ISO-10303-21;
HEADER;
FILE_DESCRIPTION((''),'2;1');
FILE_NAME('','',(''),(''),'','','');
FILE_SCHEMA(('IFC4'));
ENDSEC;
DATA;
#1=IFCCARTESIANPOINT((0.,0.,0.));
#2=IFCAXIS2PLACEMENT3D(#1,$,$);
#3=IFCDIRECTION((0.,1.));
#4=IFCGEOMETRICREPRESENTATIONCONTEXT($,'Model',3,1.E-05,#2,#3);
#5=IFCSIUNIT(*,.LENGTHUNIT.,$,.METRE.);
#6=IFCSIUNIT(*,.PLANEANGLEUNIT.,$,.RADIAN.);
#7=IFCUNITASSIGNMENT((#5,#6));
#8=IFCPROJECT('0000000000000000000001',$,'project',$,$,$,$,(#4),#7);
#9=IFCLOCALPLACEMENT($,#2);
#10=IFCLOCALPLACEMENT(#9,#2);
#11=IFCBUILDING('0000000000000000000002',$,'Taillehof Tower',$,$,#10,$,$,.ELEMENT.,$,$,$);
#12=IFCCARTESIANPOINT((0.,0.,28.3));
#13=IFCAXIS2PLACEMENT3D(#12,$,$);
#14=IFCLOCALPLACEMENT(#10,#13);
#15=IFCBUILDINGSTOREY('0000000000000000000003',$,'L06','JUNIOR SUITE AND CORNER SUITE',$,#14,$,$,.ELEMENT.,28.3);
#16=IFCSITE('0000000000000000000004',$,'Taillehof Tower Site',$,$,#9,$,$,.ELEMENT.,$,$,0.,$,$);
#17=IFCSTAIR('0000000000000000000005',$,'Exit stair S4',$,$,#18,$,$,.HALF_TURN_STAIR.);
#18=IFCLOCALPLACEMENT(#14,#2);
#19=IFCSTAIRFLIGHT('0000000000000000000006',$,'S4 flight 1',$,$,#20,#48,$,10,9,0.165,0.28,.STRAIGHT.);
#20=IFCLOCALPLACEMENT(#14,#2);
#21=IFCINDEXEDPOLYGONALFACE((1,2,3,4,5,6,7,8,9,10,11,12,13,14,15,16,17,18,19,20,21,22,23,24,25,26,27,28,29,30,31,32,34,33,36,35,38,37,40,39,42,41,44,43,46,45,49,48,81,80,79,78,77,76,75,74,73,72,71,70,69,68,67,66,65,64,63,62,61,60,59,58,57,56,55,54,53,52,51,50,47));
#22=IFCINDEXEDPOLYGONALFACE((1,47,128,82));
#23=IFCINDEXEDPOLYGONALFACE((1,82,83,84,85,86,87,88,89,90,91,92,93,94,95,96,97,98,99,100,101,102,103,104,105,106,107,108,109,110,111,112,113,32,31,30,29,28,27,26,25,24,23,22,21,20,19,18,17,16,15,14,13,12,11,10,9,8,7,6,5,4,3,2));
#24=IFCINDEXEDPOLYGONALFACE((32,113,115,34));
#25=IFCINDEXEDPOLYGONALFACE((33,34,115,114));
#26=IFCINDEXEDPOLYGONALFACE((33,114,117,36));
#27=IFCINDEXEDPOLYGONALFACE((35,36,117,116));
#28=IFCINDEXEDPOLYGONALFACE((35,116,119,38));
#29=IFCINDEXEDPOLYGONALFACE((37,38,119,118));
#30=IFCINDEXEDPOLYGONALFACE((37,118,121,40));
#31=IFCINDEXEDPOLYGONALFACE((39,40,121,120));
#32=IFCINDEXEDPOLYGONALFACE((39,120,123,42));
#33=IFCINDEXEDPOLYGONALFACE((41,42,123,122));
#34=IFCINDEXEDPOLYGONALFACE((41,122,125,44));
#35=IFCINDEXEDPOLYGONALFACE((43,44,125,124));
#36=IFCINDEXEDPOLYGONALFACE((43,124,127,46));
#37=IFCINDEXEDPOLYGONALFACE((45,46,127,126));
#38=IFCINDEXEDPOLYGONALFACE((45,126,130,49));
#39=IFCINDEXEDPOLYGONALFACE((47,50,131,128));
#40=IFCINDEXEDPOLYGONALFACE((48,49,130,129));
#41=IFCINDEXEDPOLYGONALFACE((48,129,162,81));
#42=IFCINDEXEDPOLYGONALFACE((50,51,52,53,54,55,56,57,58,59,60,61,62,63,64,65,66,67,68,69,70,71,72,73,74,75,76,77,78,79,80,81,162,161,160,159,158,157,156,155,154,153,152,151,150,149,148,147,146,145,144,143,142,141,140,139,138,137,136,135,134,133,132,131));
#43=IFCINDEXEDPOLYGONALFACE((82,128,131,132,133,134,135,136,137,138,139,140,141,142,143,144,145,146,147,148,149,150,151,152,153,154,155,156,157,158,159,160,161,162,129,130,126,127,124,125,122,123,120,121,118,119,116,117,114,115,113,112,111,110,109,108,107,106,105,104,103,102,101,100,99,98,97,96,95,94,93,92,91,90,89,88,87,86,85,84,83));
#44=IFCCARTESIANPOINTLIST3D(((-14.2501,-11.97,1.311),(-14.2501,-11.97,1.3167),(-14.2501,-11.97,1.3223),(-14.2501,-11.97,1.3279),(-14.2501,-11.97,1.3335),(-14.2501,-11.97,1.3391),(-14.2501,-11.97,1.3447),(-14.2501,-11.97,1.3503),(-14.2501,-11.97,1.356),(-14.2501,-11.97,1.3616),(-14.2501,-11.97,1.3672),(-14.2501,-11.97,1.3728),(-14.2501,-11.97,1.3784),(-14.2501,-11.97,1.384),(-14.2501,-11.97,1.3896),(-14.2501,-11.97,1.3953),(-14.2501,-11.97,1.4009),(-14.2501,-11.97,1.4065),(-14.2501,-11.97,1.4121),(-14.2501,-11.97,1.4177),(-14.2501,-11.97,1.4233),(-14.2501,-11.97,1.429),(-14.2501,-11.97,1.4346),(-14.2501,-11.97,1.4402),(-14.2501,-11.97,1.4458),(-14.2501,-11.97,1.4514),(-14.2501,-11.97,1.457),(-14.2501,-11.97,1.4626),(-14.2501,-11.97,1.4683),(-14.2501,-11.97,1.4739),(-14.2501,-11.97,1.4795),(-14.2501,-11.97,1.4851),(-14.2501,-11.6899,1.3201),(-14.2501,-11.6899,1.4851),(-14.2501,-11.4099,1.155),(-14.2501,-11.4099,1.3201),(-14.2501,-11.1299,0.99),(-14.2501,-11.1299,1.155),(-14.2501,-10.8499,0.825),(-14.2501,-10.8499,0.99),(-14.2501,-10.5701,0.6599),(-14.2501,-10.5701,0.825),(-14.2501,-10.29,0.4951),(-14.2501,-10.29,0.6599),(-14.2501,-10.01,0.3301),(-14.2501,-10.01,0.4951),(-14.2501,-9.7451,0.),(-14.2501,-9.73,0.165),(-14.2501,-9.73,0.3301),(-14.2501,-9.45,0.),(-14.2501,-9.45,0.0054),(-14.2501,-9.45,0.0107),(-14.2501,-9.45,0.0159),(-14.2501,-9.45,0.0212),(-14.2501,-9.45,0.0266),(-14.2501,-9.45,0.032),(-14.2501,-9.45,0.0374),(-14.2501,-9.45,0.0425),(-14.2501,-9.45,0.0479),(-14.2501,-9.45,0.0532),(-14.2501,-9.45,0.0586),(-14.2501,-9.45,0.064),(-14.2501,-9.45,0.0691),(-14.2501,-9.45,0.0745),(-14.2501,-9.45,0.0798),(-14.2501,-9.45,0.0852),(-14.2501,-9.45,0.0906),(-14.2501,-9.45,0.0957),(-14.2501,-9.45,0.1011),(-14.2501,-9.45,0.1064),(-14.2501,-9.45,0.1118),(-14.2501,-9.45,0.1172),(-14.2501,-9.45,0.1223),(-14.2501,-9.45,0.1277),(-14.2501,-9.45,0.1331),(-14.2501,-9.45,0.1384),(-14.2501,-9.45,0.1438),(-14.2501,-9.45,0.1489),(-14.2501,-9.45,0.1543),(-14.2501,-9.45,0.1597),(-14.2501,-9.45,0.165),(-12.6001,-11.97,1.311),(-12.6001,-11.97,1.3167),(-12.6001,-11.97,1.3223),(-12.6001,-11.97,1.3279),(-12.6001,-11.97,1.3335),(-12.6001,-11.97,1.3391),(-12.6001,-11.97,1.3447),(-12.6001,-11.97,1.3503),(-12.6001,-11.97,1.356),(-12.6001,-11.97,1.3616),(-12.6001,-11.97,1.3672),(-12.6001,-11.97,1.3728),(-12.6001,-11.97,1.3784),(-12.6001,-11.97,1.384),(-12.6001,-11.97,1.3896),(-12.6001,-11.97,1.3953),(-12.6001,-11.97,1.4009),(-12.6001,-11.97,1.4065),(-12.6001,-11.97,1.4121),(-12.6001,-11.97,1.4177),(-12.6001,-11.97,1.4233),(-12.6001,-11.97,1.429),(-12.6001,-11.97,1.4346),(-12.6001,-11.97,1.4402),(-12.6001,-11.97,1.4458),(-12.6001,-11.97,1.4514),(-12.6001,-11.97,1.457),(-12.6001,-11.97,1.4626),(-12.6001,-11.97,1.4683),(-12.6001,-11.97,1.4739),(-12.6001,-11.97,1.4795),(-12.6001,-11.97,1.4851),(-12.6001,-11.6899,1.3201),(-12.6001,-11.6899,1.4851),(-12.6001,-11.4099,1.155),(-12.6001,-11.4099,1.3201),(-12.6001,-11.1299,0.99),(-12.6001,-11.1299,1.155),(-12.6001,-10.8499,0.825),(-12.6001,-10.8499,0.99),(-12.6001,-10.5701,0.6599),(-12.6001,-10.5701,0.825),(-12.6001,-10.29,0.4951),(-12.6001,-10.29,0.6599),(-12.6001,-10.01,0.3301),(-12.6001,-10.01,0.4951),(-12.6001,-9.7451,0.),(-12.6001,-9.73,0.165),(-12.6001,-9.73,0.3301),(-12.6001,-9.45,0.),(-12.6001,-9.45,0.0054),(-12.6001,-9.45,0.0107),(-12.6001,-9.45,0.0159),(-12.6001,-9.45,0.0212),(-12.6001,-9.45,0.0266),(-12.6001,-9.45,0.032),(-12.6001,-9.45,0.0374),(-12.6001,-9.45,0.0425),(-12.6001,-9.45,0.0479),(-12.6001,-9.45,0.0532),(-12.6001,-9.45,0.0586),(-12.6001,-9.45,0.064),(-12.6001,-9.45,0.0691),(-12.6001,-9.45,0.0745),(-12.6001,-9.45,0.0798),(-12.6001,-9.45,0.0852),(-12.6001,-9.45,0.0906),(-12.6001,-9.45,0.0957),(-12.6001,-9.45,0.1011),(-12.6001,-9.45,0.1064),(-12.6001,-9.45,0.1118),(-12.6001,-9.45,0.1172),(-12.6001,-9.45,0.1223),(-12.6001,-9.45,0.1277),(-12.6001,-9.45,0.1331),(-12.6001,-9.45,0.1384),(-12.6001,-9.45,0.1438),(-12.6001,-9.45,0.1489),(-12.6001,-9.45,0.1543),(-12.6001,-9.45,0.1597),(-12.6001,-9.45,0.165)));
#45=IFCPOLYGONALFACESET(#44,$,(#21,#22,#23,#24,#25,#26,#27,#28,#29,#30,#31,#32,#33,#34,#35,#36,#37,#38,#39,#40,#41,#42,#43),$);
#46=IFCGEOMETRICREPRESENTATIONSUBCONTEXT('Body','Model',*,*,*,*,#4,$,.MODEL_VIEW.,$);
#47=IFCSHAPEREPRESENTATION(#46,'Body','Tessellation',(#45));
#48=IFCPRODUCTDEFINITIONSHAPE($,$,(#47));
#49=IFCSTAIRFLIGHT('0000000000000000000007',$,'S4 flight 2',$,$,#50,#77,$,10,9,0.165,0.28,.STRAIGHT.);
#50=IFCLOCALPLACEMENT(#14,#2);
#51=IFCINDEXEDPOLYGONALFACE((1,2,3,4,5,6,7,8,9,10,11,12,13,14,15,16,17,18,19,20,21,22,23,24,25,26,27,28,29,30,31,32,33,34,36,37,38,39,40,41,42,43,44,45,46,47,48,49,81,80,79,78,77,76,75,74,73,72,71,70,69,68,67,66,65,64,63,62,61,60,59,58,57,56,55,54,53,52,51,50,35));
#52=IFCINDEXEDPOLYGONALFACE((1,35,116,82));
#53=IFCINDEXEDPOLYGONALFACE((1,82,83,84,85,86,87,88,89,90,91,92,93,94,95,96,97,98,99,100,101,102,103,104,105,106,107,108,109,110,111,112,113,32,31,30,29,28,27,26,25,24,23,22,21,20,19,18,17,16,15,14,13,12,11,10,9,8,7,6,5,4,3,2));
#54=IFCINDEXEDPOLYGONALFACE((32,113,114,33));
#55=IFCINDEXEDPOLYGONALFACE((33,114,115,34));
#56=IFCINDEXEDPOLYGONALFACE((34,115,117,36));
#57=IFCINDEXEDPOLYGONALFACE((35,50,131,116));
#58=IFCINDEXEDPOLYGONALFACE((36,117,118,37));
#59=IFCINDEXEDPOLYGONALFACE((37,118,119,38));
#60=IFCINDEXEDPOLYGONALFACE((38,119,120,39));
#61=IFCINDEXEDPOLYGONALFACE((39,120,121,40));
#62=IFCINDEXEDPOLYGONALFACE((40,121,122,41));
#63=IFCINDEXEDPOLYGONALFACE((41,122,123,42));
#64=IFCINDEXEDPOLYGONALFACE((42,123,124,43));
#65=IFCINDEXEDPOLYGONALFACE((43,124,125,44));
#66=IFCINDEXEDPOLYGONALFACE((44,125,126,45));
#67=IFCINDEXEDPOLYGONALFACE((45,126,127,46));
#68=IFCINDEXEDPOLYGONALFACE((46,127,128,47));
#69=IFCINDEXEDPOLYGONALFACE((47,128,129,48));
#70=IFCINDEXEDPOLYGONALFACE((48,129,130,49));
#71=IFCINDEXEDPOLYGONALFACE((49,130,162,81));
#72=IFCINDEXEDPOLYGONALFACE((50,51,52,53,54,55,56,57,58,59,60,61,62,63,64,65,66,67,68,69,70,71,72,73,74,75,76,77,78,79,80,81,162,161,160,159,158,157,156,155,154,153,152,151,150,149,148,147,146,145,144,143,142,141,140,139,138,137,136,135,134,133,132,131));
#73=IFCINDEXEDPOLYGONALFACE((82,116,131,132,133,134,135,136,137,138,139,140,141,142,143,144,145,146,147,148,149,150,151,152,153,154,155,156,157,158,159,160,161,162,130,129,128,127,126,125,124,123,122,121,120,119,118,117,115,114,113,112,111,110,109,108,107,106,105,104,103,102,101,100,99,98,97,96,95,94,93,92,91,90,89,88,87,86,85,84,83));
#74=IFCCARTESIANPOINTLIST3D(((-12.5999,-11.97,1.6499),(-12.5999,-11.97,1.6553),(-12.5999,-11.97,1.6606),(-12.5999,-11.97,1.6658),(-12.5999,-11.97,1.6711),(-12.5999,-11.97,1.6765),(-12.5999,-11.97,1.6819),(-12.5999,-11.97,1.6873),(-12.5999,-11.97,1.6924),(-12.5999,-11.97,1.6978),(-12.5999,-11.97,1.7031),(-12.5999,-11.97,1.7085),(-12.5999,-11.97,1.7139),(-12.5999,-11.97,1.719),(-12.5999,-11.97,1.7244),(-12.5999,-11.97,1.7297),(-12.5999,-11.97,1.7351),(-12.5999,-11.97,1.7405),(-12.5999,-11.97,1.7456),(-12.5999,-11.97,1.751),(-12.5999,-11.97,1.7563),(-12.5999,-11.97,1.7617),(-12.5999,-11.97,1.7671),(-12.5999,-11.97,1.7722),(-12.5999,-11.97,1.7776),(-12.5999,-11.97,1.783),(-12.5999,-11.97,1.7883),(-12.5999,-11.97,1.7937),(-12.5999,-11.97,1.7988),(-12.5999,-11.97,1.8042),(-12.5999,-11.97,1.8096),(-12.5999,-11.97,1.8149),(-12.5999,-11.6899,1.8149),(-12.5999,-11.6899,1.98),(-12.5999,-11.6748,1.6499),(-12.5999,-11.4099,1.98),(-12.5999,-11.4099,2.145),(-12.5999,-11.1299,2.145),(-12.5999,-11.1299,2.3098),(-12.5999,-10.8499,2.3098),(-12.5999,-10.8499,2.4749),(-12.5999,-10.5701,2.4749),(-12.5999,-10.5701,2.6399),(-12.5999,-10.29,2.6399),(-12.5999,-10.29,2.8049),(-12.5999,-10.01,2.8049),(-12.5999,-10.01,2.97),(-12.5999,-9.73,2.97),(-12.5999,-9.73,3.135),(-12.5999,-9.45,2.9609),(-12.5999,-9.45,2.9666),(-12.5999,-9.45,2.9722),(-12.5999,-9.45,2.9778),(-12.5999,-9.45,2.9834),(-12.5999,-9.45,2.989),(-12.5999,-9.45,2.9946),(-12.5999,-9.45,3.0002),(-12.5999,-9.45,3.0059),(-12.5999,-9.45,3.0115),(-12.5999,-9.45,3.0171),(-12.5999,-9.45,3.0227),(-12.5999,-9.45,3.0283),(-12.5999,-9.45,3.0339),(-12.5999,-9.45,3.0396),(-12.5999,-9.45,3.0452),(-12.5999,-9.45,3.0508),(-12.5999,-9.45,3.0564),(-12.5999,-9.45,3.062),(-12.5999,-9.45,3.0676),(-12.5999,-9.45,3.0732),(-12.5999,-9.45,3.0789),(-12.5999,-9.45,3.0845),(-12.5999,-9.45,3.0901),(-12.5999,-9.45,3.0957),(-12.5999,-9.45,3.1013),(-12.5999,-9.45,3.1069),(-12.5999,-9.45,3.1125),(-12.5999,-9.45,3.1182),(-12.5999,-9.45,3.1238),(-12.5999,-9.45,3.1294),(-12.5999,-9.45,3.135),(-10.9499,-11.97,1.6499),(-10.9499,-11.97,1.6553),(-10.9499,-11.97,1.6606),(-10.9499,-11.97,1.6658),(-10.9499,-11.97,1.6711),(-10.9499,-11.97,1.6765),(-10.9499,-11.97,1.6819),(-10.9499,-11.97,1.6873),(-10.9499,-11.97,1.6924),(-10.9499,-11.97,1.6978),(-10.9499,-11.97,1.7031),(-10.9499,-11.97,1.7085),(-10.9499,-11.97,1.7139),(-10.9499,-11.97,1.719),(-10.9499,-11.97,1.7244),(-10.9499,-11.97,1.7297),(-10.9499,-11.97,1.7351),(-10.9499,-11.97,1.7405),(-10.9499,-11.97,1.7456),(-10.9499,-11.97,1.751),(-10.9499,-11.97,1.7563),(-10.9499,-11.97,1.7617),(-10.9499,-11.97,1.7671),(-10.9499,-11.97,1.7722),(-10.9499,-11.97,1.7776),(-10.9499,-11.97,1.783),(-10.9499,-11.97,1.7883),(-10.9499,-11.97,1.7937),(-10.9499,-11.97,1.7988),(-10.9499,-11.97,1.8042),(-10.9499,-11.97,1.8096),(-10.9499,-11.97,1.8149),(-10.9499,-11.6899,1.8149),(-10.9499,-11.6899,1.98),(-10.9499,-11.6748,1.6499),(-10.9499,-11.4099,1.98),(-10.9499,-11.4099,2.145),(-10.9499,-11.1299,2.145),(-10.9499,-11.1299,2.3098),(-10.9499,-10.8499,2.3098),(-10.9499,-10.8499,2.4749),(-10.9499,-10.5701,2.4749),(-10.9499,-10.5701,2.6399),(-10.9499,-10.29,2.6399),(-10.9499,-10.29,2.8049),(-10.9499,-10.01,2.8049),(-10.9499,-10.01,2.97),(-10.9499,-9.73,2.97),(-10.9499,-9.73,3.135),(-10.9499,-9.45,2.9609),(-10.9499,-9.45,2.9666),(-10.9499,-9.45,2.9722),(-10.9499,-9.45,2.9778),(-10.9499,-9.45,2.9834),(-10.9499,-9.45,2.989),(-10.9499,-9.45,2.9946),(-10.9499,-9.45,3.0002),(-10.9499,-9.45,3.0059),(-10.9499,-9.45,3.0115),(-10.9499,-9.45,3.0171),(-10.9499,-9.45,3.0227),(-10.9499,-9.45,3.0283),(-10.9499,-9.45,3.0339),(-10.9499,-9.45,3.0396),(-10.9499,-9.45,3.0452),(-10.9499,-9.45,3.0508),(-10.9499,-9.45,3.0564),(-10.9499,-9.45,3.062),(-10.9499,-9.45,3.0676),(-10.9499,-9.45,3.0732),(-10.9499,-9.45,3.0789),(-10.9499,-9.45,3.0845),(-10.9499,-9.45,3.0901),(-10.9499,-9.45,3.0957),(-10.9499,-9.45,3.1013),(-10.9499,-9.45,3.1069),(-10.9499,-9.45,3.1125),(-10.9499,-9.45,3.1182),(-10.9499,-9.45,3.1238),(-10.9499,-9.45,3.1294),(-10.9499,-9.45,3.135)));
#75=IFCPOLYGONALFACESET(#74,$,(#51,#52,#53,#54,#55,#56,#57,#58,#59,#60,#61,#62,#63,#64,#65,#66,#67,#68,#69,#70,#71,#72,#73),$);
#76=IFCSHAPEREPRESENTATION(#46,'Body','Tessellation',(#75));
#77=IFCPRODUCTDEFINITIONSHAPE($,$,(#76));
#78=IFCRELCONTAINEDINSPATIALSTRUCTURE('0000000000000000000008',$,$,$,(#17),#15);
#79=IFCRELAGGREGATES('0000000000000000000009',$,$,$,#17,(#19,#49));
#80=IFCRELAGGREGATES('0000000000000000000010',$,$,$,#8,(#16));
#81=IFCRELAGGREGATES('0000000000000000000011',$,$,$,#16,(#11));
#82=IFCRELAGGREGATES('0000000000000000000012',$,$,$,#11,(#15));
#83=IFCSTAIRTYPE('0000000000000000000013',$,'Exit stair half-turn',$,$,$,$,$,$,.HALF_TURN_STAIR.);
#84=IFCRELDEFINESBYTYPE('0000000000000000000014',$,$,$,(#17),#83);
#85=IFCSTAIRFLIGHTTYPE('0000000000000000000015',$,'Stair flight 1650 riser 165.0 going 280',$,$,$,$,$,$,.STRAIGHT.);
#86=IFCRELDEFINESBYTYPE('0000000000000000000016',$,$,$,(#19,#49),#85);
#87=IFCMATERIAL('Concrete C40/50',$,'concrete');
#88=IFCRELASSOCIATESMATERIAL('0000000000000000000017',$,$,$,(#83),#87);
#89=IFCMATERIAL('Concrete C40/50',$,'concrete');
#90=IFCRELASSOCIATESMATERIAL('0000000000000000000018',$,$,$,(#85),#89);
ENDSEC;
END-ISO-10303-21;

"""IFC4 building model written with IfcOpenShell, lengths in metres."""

from ifc_helpers import new_model, si_unit, direction, frame, origin, place, context, subcontext, project, spatial, polyline, outline, extrude, material, type_object, element, aggregate, save


model = new_model("IFC4")

# Units and contexts
model_context = context("Model", 3, precision=1e-05, world=origin(), true_north=direction((0.0, 1.0)))
body_context = subcontext(model_context, "Body", "Model", "MODEL_VIEW")
ifc_project = project(units=[si_unit("LENGTHUNIT", "METRE"), si_unit("PLANEANGLEUNIT", "RADIAN")], contexts=[model_context])

# Site, building, storey
site_placement = place(None, origin())
site = spatial("IfcSite", under=ifc_project, at=site_placement, Name="Taillehof Tower Site", CompositionType="ELEMENT", RefElevation=0.0)
building_placement = place(site_placement, origin())
building = spatial("IfcBuilding", under=site, at=building_placement, Name="Taillehof Tower", CompositionType="ELEMENT")
storey_placement = place(building_placement, frame((0.0, 0.0, 28.3)))
storey = spatial("IfcBuildingStorey", under=building, at=storey_placement, Name="L06", Description="JUNIOR SUITE AND CORNER SUITE", CompositionType="ELEMENT", Elevation=28.3)

# Stair, stair flights
ifc_material_1 = material(Name="Concrete C40/50", Category="concrete")
stair_type = type_object("IfcStairType", Name="Exit stair half-turn", PredefinedType="HALF_TURN_STAIR", material=ifc_material_1)
stair_placement = place(storey_placement, origin())
stair = element("IfcStair", 1, at=stair_placement, inside=storey, type_object=stair_type, Name="Exit stair S4", PredefinedType="HALF_TURN_STAIR")
ifc_material_2 = material(Name="Concrete C40/50", Category="concrete")
stair_flight_type = type_object("IfcStairFlightType", Name="Stair flight 1650 riser 165.0 going 280", PredefinedType="STRAIGHT", material=ifc_material_2)
stair_flight_1_placement = place(storey_placement, frame((-13.425, -9.45, 0.0), z_axis=(0.0, 0.0, 1.0), x_axis=(0.0, -1.0, 0.0)))
stair_flight_1 = element("IfcStairFlight", 2, at=stair_flight_1_placement, type_object=stair_flight_type, Name="S4 flight 1", NumberOfRisers=10, NumberOfTreads=9, PredefinedType="STRAIGHT", RiserHeight=0.165, TreadLength=0.28, context=body_context, shape_type="SweptSolid", body=[
    extrude(outline(polyline([(0.0, 0.0), (0.0, 0.0054), (0.0, 0.0107), (0.0, 0.0159), (0.0, 0.0212), (0.0, 0.0266), (0.0, 0.032), (0.0, 0.0374), (0.0, 0.0425), (0.0, 0.0479), (0.0, 0.0532), (0.0, 0.0586), (0.0, 0.064), (0.0, 0.0691), (0.0, 0.0745), (0.0, 0.0798), (0.0, 0.0852), (0.0, 0.0906), (0.0, 0.0957), (0.0, 0.1011), (0.0, 0.1064), (0.0, 0.1118), (0.0, 0.1172), (0.0, 0.1223), (0.0, 0.1277), (0.0, 0.1331), (0.0, 0.1384), (0.0, 0.1438), (0.0, 0.1489), (0.0, 0.1543), (0.0, 0.1597), (0.0, 0.165), (0.28, 0.165), (0.28, 0.3301), (0.5601, 0.3301), (0.5601, 0.4951), (0.8401, 0.4951), (0.8401, 0.6599), (1.1201, 0.6599), (1.1201, 0.825), (1.3999, 0.825), (1.3999, 0.99), (1.6799, 0.99), (1.6799, 1.155), (1.96, 1.155), (1.96, 1.3201), (2.24, 1.3201), (2.24, 1.4851), (2.52, 1.4851), (2.52, 1.4795), (2.52, 1.4739), (2.52, 1.4683), (2.52, 1.4626), (2.52, 1.457), (2.52, 1.4514), (2.52, 1.4458), (2.52, 1.4402), (2.52, 1.4346), (2.52, 1.429), (2.52, 1.4233), (2.52, 1.4177), (2.52, 1.4121), (2.52, 1.4065), (2.52, 1.4009), (2.52, 1.3953), (2.52, 1.3896), (2.52, 1.384), (2.52, 1.3784), (2.52, 1.3728), (2.52, 1.3672), (2.52, 1.3616), (2.52, 1.356), (2.52, 1.3503), (2.52, 1.3447), (2.52, 1.3391), (2.52, 1.3335), (2.52, 1.3279), (2.52, 1.3223), (2.52, 1.3167), (2.52, 1.311), (0.2952, 0.0), (0.0, 0.0)])), frame((0.0, 0.825, 0.0), z_axis=(0.0, -1.0, 0.0), x_axis=(1.0, 0.0, 0.0)), (0.0, 0.0, 1.0), 1.65),
])
stair_flight_2_placement = place(storey_placement, frame((-11.7749, -11.97, 1.6499), z_axis=(0.0, 0.0, 1.0), x_axis=(0.0, 1.0, 0.0)))
stair_flight_2 = element("IfcStairFlight", 3, at=stair_flight_2_placement, type_object=stair_flight_type, Name="S4 flight 2", NumberOfRisers=10, NumberOfTreads=9, PredefinedType="STRAIGHT", RiserHeight=0.165, TreadLength=0.28, context=body_context, shape_type="SweptSolid", body=[
    extrude(outline(polyline([(0.0, 0.0), (0.0, 0.0054), (0.0, 0.0107), (0.0, 0.0159), (0.0, 0.0212), (0.0, 0.0266), (0.0, 0.032), (0.0, 0.0374), (0.0, 0.0425), (0.0, 0.0479), (0.0, 0.0532), (0.0, 0.0586), (0.0, 0.064), (0.0, 0.0691), (0.0, 0.0745), (0.0, 0.0798), (0.0, 0.0852), (0.0, 0.0906), (0.0, 0.0957), (0.0, 0.1011), (0.0, 0.1064), (0.0, 0.1118), (0.0, 0.1172), (0.0, 0.1223), (0.0, 0.1277), (0.0, 0.1331), (0.0, 0.1384), (0.0, 0.1438), (0.0, 0.1489), (0.0, 0.1543), (0.0, 0.1597), (0.0, 0.165), (0.28, 0.165), (0.28, 0.3301), (0.5601, 0.3301), (0.5601, 0.4951), (0.8401, 0.4951), (0.8401, 0.6599), (1.1201, 0.6599), (1.1201, 0.825), (1.3999, 0.825), (1.3999, 0.99), (1.6799, 0.99), (1.6799, 1.155), (1.96, 1.155), (1.96, 1.3201), (2.24, 1.3201), (2.24, 1.4851), (2.52, 1.4851), (2.52, 1.4795), (2.52, 1.4739), (2.52, 1.4683), (2.52, 1.4626), (2.52, 1.457), (2.52, 1.4514), (2.52, 1.4458), (2.52, 1.4402), (2.52, 1.4346), (2.52, 1.429), (2.52, 1.4233), (2.52, 1.4177), (2.52, 1.4121), (2.52, 1.4065), (2.52, 1.4009), (2.52, 1.3953), (2.52, 1.3896), (2.52, 1.384), (2.52, 1.3784), (2.52, 1.3728), (2.52, 1.3672), (2.52, 1.3616), (2.52, 1.356), (2.52, 1.3503), (2.52, 1.3447), (2.52, 1.3391), (2.52, 1.3335), (2.52, 1.3279), (2.52, 1.3223), (2.52, 1.3167), (2.52, 1.311), (0.2952, 0.0), (0.0, 0.0)])), frame((0.0, 0.825, 0.0), z_axis=(0.0, -1.0, 0.0), x_axis=(1.0, 0.0, 0.0)), (0.0, 0.0, 1.0), 1.65),
])
aggregate(stair, [stair_flight_1, stair_flight_2])

save(model, "model.ifc")
